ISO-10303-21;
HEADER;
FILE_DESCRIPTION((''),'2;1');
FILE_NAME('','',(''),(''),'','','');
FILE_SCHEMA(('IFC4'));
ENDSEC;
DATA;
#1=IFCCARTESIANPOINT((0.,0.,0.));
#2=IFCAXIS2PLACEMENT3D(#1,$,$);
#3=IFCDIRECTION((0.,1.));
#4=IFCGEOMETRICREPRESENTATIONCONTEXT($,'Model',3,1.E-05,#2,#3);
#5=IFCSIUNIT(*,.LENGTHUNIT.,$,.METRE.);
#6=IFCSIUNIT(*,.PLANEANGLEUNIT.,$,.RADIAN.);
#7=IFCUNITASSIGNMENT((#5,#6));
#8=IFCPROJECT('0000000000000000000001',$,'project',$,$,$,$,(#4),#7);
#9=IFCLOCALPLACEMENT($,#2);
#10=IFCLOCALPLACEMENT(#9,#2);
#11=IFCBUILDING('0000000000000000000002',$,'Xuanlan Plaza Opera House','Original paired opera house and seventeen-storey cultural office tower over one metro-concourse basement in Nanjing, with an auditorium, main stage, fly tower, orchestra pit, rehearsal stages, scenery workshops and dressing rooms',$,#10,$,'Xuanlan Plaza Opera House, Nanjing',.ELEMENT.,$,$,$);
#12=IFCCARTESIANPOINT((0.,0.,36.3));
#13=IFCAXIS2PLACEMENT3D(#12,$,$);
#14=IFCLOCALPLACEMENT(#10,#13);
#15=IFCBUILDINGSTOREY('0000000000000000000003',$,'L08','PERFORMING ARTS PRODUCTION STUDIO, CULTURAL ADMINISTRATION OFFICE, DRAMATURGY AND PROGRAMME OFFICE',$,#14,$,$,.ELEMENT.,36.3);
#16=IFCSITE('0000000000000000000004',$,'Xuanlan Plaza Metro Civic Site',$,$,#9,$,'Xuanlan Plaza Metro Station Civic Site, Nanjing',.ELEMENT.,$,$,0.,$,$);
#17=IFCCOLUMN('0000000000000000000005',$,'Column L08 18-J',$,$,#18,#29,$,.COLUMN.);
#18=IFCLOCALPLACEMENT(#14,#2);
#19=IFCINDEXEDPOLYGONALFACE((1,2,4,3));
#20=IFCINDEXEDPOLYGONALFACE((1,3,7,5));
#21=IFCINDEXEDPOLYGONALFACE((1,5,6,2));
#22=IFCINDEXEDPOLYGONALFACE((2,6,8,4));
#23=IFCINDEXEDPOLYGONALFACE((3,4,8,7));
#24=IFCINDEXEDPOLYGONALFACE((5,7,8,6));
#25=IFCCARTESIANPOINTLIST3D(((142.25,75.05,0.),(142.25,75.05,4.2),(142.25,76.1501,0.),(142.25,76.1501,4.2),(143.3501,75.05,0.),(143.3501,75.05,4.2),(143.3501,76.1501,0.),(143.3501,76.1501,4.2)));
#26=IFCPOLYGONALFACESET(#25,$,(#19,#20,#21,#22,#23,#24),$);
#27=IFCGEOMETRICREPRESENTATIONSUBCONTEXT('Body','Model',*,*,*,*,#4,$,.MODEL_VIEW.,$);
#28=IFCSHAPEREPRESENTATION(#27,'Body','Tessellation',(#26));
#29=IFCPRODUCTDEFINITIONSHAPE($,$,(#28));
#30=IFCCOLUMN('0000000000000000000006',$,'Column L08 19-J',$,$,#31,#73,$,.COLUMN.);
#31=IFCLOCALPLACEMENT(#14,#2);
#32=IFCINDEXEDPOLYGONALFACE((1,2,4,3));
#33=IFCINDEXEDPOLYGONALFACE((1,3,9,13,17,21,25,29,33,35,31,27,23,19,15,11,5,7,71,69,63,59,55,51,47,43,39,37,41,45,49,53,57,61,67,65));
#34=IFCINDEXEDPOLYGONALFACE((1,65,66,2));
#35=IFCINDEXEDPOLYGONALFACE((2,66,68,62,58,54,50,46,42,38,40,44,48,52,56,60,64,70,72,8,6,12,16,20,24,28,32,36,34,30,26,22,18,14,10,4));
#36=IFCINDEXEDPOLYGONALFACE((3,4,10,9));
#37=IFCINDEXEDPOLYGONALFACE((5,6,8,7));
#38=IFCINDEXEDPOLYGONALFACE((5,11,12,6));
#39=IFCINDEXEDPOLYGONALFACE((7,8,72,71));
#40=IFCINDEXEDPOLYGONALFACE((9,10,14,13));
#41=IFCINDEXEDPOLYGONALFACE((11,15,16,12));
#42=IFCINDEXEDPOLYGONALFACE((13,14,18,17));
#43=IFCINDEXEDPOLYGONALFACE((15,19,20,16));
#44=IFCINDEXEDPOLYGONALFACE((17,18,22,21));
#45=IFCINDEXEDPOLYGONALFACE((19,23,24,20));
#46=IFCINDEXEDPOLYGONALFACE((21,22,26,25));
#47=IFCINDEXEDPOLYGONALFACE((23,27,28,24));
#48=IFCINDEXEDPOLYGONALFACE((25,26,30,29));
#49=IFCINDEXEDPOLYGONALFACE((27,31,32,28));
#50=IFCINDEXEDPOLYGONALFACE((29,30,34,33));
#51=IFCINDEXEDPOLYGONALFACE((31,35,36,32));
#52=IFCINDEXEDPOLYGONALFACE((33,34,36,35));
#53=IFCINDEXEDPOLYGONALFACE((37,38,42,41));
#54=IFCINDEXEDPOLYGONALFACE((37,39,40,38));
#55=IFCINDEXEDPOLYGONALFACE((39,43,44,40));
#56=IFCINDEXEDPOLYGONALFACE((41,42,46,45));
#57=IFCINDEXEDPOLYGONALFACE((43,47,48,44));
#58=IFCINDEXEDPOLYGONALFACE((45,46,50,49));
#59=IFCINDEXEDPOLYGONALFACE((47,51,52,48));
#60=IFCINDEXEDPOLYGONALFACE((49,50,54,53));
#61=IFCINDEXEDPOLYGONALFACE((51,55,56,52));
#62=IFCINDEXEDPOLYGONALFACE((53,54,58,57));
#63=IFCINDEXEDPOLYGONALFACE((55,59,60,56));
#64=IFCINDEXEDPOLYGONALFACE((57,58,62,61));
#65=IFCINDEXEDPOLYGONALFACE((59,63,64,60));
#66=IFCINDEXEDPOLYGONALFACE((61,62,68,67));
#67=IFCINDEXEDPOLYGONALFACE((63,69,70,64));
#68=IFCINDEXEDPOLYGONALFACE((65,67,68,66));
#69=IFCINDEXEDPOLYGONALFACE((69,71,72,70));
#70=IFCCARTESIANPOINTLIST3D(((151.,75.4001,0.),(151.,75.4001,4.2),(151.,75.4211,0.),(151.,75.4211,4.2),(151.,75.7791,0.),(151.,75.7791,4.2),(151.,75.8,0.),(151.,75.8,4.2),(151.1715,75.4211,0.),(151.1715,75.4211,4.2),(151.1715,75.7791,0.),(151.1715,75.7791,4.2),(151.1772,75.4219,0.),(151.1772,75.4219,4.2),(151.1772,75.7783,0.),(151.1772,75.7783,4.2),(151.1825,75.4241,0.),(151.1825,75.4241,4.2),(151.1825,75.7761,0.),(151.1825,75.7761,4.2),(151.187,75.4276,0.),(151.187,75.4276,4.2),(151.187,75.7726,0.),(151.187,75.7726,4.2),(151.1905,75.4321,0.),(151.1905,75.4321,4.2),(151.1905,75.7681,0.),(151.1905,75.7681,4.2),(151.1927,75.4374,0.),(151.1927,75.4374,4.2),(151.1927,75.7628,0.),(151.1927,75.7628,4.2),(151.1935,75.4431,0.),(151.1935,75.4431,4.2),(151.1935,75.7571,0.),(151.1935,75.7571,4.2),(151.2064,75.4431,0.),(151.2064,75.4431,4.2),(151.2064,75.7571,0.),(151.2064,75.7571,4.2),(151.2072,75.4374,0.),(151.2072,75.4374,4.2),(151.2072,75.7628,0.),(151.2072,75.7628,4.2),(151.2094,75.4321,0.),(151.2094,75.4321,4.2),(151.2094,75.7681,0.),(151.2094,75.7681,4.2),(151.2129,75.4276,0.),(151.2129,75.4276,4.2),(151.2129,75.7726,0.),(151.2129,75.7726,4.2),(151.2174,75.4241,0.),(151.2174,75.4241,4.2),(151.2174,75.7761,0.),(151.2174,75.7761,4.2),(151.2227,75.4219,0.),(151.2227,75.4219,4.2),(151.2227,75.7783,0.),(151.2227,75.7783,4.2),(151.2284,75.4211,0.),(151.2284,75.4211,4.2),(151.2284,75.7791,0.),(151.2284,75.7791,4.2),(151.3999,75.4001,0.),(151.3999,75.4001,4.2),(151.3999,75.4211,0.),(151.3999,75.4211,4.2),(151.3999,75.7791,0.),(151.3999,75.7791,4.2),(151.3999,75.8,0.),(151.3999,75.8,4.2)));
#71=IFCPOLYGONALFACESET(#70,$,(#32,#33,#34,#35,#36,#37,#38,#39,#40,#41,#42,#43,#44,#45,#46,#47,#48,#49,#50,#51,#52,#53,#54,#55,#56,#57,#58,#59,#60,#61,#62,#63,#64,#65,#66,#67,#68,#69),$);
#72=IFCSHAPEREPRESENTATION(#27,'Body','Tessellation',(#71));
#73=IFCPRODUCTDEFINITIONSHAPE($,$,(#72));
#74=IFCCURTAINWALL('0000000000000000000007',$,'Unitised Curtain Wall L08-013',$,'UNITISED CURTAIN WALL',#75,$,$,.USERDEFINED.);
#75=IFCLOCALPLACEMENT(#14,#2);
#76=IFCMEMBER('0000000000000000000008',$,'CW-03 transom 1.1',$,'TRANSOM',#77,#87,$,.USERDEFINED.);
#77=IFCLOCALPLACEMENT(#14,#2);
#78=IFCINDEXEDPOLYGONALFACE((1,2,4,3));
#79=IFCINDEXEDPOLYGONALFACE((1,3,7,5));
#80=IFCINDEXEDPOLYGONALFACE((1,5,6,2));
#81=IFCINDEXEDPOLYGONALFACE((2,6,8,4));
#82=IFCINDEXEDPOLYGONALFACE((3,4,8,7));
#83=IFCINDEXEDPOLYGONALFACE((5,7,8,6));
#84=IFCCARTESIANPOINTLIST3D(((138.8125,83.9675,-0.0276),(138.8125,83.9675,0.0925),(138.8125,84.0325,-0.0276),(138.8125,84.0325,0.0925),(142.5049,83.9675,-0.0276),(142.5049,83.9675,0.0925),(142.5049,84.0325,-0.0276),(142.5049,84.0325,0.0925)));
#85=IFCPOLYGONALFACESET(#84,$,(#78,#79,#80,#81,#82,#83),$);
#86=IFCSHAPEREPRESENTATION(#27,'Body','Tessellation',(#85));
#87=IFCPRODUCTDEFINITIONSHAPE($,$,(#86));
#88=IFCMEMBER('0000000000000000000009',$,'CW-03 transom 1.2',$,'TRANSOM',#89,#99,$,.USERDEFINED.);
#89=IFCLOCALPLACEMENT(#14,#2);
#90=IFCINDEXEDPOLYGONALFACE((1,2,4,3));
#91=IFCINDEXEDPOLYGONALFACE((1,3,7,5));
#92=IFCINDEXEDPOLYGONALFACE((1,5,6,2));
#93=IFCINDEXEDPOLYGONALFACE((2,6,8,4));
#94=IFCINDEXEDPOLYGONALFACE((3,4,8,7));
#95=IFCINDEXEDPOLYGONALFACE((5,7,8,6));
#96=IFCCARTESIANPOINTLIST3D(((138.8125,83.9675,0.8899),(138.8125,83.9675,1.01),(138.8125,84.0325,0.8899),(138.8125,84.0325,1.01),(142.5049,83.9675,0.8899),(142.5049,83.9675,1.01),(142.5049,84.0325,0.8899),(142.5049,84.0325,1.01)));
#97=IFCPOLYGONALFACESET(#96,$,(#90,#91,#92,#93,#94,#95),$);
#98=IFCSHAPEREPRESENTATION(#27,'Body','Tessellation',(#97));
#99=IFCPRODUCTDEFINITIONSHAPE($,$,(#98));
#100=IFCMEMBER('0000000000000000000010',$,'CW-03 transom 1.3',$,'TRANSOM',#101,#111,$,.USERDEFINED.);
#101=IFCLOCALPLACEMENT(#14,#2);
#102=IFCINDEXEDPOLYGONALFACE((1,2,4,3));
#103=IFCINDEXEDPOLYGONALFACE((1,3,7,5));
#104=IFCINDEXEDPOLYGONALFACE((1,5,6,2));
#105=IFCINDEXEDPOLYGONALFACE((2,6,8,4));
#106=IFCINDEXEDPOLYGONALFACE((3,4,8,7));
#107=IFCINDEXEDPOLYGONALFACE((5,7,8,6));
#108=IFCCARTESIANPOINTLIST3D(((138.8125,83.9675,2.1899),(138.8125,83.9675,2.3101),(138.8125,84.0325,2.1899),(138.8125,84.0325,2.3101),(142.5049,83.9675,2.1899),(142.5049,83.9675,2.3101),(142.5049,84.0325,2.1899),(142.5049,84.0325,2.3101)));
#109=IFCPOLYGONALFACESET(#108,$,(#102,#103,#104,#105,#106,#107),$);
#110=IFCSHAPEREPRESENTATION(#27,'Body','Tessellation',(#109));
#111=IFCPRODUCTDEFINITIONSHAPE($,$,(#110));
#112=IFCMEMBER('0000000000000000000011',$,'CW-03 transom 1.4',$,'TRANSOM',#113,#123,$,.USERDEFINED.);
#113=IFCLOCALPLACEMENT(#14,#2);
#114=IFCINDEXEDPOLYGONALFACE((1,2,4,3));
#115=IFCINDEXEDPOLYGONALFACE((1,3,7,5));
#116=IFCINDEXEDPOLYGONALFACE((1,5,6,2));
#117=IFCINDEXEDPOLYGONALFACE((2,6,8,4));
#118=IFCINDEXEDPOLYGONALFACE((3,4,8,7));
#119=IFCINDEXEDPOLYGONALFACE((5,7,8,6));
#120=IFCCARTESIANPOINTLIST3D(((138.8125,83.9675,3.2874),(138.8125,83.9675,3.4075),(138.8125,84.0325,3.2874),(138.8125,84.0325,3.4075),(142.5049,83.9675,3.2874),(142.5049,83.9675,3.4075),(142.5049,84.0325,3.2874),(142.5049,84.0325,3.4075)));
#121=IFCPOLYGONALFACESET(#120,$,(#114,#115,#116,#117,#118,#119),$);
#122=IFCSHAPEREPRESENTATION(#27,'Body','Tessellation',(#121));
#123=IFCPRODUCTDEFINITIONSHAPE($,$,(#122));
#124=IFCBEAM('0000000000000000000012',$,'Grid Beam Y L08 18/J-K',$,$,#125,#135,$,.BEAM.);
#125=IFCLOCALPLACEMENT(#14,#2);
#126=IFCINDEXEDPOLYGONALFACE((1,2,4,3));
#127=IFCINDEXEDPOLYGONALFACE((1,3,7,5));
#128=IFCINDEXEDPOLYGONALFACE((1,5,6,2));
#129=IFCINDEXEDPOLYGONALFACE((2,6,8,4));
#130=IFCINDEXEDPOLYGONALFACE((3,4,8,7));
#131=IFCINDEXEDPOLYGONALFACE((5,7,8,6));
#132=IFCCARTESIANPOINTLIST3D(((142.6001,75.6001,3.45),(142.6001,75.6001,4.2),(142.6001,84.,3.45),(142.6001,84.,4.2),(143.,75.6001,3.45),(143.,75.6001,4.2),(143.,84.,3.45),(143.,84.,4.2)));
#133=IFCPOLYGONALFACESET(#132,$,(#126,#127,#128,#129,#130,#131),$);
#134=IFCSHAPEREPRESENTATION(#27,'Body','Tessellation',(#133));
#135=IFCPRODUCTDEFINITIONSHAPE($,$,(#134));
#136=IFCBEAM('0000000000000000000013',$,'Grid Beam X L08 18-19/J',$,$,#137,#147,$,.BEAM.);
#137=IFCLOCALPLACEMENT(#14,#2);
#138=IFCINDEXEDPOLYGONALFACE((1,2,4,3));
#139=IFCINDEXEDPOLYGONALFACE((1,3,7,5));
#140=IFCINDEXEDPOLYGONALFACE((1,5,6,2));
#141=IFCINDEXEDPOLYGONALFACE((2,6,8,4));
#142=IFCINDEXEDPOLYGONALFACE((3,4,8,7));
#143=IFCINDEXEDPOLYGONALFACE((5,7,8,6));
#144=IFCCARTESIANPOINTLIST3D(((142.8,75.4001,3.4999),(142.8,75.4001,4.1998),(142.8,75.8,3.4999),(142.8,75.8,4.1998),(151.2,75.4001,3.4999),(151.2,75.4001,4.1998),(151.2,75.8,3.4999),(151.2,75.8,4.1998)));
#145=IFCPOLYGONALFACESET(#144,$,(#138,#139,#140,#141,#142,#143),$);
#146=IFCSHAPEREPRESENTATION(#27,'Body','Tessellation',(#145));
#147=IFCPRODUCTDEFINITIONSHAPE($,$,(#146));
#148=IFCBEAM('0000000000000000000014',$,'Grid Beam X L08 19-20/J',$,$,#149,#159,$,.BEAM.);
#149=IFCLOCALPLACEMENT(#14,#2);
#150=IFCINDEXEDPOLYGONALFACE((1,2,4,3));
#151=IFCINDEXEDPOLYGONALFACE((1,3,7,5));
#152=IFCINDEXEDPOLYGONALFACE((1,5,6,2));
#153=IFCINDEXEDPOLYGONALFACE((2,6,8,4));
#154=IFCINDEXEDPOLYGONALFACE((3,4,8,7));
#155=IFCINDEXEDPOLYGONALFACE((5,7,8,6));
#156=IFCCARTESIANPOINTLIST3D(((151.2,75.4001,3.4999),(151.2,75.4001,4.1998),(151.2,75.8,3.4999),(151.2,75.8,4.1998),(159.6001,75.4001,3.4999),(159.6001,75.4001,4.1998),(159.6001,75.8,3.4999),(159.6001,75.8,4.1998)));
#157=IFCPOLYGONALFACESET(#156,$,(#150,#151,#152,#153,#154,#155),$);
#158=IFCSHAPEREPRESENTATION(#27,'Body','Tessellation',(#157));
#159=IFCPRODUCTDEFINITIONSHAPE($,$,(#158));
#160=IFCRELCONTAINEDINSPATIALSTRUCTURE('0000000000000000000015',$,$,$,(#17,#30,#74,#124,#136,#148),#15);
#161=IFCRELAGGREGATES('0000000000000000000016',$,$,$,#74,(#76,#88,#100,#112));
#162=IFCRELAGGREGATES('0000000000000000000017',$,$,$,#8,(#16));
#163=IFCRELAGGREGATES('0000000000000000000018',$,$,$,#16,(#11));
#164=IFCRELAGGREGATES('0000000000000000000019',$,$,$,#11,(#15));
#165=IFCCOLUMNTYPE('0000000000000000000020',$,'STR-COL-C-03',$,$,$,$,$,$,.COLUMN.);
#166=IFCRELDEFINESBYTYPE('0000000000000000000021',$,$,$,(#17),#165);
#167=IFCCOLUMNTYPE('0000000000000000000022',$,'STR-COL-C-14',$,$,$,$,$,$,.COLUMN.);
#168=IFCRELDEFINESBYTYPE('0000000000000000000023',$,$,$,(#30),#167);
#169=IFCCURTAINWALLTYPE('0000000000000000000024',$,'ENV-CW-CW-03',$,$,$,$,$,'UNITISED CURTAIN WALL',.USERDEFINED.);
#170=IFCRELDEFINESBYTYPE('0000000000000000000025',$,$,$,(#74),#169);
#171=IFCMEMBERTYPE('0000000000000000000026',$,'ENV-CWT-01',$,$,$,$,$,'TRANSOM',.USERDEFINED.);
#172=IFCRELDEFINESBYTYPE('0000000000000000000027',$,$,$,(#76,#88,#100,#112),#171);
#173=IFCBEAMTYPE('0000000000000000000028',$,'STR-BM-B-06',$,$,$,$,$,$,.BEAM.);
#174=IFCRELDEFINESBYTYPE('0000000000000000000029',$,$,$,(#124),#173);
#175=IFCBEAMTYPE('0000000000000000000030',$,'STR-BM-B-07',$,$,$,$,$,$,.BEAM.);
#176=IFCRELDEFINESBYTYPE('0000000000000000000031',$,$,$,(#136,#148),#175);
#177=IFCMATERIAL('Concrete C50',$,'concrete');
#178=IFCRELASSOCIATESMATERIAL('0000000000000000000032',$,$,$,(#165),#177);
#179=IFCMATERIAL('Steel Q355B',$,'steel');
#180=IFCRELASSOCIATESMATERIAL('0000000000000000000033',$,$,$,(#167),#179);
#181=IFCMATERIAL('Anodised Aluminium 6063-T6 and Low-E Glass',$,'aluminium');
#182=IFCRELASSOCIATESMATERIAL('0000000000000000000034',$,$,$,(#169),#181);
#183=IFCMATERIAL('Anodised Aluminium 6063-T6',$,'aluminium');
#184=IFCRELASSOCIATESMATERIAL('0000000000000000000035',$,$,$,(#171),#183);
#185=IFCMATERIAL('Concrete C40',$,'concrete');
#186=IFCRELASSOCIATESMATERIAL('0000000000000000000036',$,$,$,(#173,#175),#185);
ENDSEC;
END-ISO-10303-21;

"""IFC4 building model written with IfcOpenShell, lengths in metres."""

from ifc_helpers import new_model, si_unit, direction, frame, origin, origin_2d, place, context, subcontext, project, spatial, rectangle, i_section, extrude, material, material_profile, profile_set, type_object, element, aggregate, save


model = new_model("IFC4")

# Units and contexts
model_context = context("Model", 3, precision=1e-05, world=origin(), true_north=direction((0.0, 1.0)))
body_context = subcontext(model_context, "Body", "Model", "MODEL_VIEW")
ifc_project = project(units=[si_unit("LENGTHUNIT", "METRE"), si_unit("PLANEANGLEUNIT", "RADIAN")], contexts=[model_context])

# Site, building, storey
site_placement = place(None, origin())
site = spatial("IfcSite", under=ifc_project, at=site_placement, Name="Xuanlan Plaza Metro Civic Site", LongName="Xuanlan Plaza Metro Station Civic Site, Nanjing", CompositionType="ELEMENT", RefElevation=0.0)
building_placement = place(site_placement, origin())
building = spatial("IfcBuilding", under=site, at=building_placement, Name="Xuanlan Plaza Opera House", Description="Original paired opera house and seventeen-storey cultural office tower over one metro-concourse basement in Nanjing, with an auditorium, main stage, fly tower, orchestra pit, rehearsal stages, scenery workshops and dressing rooms", LongName="Xuanlan Plaza Opera House, Nanjing", CompositionType="ELEMENT")
storey_placement = place(building_placement, frame((0.0, 0.0, 36.3)))
storey = spatial("IfcBuildingStorey", under=building, at=storey_placement, Name="L08", Description="PERFORMING ARTS PRODUCTION STUDIO, CULTURAL ADMINISTRATION OFFICE, DRAMATURGY AND PROGRAMME OFFICE", CompositionType="ELEMENT", Elevation=36.3)

# Columns
ifc_material_1 = material(Name="Concrete C50", Category="concrete")
ifc_material_profile_1 = material_profile(ifc_material_1, rectangle(XDim=1.1001, YDim=1.1001, at=origin_2d()), Name="RC-COL 1100x1100")
ifc_profile_set_1 = profile_set([ifc_material_profile_1], Name="Concrete C50")
column_type_1 = type_object("IfcColumnType", Name="STR-COL-C-03", PredefinedType="COLUMN", material=ifc_profile_set_1)
column_1_placement = place(storey_placement, frame((142.8, 75.6001, 0.0), z_axis=(0.0, 0.0, 1.0), x_axis=(1.0, 0.0, 0.0)))
element("IfcColumn", 1, at=column_1_placement, inside=storey, type_object=column_type_1, Name="Column L08 18-J", PredefinedType="COLUMN", context=body_context, shape_type="SweptSolid", body=[
    extrude(rectangle(XDim=1.1001, YDim=1.1001, at=origin_2d()), origin(), (0.0, 0.0, 1.0), 4.2),
])
ifc_material_2 = material(Name="Steel Q355B", Category="steel")
ifc_material_profile_2 = material_profile(ifc_material_2, i_section(OverallWidth=0.3999, OverallDepth=0.3999, WebThickness=0.0129, FlangeThickness=0.021, FilletRadius=0.022, at=origin_2d()), Name="HW 400x400x13x21")
ifc_profile_set_2 = profile_set([ifc_material_profile_2], Name="Steel Q355B")
column_type_2 = type_object("IfcColumnType", Name="STR-COL-C-14", PredefinedType="COLUMN", material=ifc_profile_set_2)
column_2_placement = place(storey_placement, frame((151.2, 75.6001, 0.0), z_axis=(0.0, 0.0, 1.0), x_axis=(1.0, 0.0, 0.0)))
element("IfcColumn", 2, at=column_2_placement, inside=storey, type_object=column_type_2, Name="Column L08 19-J", PredefinedType="COLUMN", context=body_context, shape_type="SweptSolid", body=[
    extrude(i_section(OverallWidth=0.3999, OverallDepth=0.3999, WebThickness=0.0129, FlangeThickness=0.021, FilletRadius=0.022, at=origin_2d()), origin(), (0.0, 0.0, 1.0), 4.2),
])

# Curtain wall, members
ifc_material_3 = material(Name="Anodised Aluminium 6063-T6 and Low-E Glass", Category="aluminium")
curtain_wall_type = type_object("IfcCurtainWallType", Name="ENV-CW-CW-03", ElementType="UNITISED CURTAIN WALL", PredefinedType="USERDEFINED", material=ifc_material_3)
curtain_wall_placement = place(storey_placement, origin())
curtain_wall = element("IfcCurtainWall", 3, at=curtain_wall_placement, inside=storey, type_object=curtain_wall_type, Name="Unitised Curtain Wall L08-013", ObjectType="UNITISED CURTAIN WALL", PredefinedType="USERDEFINED")
ifc_material_4 = material(Name="Anodised Aluminium 6063-T6", Category="aluminium")
ifc_material_profile_3 = material_profile(ifc_material_4, rectangle(XDim=0.0649, YDim=0.1201, at=origin_2d()), Name="ALU-T 65x120")
ifc_profile_set_3 = profile_set([ifc_material_profile_3], Name="Anodised Aluminium 6063-T6")
member_type = type_object("IfcMemberType", Name="ENV-CWT-01", ElementType="TRANSOM", PredefinedType="USERDEFINED", material=ifc_profile_set_3)
member_1_placement = place(storey_placement, frame((142.5049, 84.0, 0.0325), z_axis=(-1.0, 0.0, 0.0), x_axis=(0.0, -1.0, 0.0)))
member_1 = element("IfcMember", 4, at=member_1_placement, type_object=member_type, Name="CW-03 transom 1.1", ObjectType="TRANSOM", PredefinedType="USERDEFINED", context=body_context, shape_type="SweptSolid", body=[
    extrude(rectangle(XDim=0.0649, YDim=0.1201, at=origin_2d()), origin(), (0.0, 0.0, 1.0), 3.6924),
])
member_2_placement = place(storey_placement, frame((142.5049, 84.0, 0.95), z_axis=(-1.0, 0.0, 0.0), x_axis=(0.0, -1.0, 0.0)))
member_2 = element("IfcMember", 5, at=member_2_placement, type_object=member_type, Name="CW-03 transom 1.2", ObjectType="TRANSOM", PredefinedType="USERDEFINED", context=body_context, shape_type="SweptSolid", body=[
    extrude(rectangle(XDim=0.0649, YDim=0.1201, at=origin_2d()), origin(), (0.0, 0.0, 1.0), 3.6924),
])
member_3_placement = place(storey_placement, frame((142.5049, 84.0, 2.25), z_axis=(-1.0, 0.0, 0.0), x_axis=(0.0, -1.0, 0.0)))
member_3 = element("IfcMember", 6, at=member_3_placement, type_object=member_type, Name="CW-03 transom 1.3", ObjectType="TRANSOM", PredefinedType="USERDEFINED", context=body_context, shape_type="SweptSolid", body=[
    extrude(rectangle(XDim=0.0649, YDim=0.1201, at=origin_2d()), origin(), (0.0, 0.0, 1.0), 3.6924),
])
member_4_placement = place(storey_placement, frame((142.5049, 84.0, 3.3474), z_axis=(-1.0, 0.0, 0.0), x_axis=(0.0, -1.0, 0.0)))
member_4 = element("IfcMember", 7, at=member_4_placement, type_object=member_type, Name="CW-03 transom 1.4", ObjectType="TRANSOM", PredefinedType="USERDEFINED", context=body_context, shape_type="SweptSolid", body=[
    extrude(rectangle(XDim=0.0649, YDim=0.1201, at=origin_2d()), origin(), (0.0, 0.0, 1.0), 3.6924),
])

# Beams
ifc_material_5 = material(Name="Concrete C40", Category="concrete")
ifc_material_profile_4 = material_profile(ifc_material_5, rectangle(XDim=0.3999, YDim=0.75, at=origin_2d()), Name="RC-BM 400x750")
ifc_profile_set_4 = profile_set([ifc_material_profile_4], Name="Concrete C40")
beam_type_1 = type_object("IfcBeamType", Name="STR-BM-B-06", PredefinedType="BEAM", material=ifc_profile_set_4)
beam_1_placement = place(storey_placement, frame((142.8, 75.6001, 3.825), z_axis=(0.0, 1.0, 0.0), x_axis=(-1.0, 0.0, 0.0)))
element("IfcBeam", 8, at=beam_1_placement, inside=storey, type_object=beam_type_1, Name="Grid Beam Y L08 18/J-K", PredefinedType="BEAM", context=body_context, shape_type="SweptSolid", body=[
    extrude(rectangle(XDim=0.3999, YDim=0.75, at=origin_2d()), origin(), (0.0, 0.0, 1.0), 8.3999),
])
ifc_material_profile_5 = material_profile(ifc_material_5, rectangle(XDim=0.3999, YDim=0.7, at=origin_2d()), Name="RC-BM 400x700")
ifc_profile_set_5 = profile_set([ifc_material_profile_5], Name="Concrete C40")
beam_type_2 = type_object("IfcBeamType", Name="STR-BM-B-07", PredefinedType="BEAM", material=ifc_profile_set_5)
beam_2_placement = place(storey_placement, frame((142.8, 75.6001, 3.8499), z_axis=(1.0, 0.0, 0.0), x_axis=(0.0, 1.0, 0.0)))
element("IfcBeam", 9, at=beam_2_placement, inside=storey, type_object=beam_type_2, Name="Grid Beam X L08 18-19/J", PredefinedType="BEAM", context=body_context, shape_type="SweptSolid", body=[
    extrude(rectangle(XDim=0.3999, YDim=0.7, at=origin_2d()), origin(), (0.0, 0.0, 1.0), 8.3999),
])
beam_3_placement = place(storey_placement, frame((151.2, 75.6001, 3.8499), z_axis=(1.0, 0.0, 0.0), x_axis=(0.0, 1.0, 0.0)))
element("IfcBeam", 10, at=beam_3_placement, inside=storey, type_object=beam_type_2, Name="Grid Beam X L08 19-20/J", PredefinedType="BEAM", context=body_context, shape_type="SweptSolid", body=[
    extrude(rectangle(XDim=0.3999, YDim=0.7, at=origin_2d()), origin(), (0.0, 0.0, 1.0), 8.4001),
])

aggregate(curtain_wall, [member_1, member_2, member_3, member_4])

save(model, "model.ifc")
